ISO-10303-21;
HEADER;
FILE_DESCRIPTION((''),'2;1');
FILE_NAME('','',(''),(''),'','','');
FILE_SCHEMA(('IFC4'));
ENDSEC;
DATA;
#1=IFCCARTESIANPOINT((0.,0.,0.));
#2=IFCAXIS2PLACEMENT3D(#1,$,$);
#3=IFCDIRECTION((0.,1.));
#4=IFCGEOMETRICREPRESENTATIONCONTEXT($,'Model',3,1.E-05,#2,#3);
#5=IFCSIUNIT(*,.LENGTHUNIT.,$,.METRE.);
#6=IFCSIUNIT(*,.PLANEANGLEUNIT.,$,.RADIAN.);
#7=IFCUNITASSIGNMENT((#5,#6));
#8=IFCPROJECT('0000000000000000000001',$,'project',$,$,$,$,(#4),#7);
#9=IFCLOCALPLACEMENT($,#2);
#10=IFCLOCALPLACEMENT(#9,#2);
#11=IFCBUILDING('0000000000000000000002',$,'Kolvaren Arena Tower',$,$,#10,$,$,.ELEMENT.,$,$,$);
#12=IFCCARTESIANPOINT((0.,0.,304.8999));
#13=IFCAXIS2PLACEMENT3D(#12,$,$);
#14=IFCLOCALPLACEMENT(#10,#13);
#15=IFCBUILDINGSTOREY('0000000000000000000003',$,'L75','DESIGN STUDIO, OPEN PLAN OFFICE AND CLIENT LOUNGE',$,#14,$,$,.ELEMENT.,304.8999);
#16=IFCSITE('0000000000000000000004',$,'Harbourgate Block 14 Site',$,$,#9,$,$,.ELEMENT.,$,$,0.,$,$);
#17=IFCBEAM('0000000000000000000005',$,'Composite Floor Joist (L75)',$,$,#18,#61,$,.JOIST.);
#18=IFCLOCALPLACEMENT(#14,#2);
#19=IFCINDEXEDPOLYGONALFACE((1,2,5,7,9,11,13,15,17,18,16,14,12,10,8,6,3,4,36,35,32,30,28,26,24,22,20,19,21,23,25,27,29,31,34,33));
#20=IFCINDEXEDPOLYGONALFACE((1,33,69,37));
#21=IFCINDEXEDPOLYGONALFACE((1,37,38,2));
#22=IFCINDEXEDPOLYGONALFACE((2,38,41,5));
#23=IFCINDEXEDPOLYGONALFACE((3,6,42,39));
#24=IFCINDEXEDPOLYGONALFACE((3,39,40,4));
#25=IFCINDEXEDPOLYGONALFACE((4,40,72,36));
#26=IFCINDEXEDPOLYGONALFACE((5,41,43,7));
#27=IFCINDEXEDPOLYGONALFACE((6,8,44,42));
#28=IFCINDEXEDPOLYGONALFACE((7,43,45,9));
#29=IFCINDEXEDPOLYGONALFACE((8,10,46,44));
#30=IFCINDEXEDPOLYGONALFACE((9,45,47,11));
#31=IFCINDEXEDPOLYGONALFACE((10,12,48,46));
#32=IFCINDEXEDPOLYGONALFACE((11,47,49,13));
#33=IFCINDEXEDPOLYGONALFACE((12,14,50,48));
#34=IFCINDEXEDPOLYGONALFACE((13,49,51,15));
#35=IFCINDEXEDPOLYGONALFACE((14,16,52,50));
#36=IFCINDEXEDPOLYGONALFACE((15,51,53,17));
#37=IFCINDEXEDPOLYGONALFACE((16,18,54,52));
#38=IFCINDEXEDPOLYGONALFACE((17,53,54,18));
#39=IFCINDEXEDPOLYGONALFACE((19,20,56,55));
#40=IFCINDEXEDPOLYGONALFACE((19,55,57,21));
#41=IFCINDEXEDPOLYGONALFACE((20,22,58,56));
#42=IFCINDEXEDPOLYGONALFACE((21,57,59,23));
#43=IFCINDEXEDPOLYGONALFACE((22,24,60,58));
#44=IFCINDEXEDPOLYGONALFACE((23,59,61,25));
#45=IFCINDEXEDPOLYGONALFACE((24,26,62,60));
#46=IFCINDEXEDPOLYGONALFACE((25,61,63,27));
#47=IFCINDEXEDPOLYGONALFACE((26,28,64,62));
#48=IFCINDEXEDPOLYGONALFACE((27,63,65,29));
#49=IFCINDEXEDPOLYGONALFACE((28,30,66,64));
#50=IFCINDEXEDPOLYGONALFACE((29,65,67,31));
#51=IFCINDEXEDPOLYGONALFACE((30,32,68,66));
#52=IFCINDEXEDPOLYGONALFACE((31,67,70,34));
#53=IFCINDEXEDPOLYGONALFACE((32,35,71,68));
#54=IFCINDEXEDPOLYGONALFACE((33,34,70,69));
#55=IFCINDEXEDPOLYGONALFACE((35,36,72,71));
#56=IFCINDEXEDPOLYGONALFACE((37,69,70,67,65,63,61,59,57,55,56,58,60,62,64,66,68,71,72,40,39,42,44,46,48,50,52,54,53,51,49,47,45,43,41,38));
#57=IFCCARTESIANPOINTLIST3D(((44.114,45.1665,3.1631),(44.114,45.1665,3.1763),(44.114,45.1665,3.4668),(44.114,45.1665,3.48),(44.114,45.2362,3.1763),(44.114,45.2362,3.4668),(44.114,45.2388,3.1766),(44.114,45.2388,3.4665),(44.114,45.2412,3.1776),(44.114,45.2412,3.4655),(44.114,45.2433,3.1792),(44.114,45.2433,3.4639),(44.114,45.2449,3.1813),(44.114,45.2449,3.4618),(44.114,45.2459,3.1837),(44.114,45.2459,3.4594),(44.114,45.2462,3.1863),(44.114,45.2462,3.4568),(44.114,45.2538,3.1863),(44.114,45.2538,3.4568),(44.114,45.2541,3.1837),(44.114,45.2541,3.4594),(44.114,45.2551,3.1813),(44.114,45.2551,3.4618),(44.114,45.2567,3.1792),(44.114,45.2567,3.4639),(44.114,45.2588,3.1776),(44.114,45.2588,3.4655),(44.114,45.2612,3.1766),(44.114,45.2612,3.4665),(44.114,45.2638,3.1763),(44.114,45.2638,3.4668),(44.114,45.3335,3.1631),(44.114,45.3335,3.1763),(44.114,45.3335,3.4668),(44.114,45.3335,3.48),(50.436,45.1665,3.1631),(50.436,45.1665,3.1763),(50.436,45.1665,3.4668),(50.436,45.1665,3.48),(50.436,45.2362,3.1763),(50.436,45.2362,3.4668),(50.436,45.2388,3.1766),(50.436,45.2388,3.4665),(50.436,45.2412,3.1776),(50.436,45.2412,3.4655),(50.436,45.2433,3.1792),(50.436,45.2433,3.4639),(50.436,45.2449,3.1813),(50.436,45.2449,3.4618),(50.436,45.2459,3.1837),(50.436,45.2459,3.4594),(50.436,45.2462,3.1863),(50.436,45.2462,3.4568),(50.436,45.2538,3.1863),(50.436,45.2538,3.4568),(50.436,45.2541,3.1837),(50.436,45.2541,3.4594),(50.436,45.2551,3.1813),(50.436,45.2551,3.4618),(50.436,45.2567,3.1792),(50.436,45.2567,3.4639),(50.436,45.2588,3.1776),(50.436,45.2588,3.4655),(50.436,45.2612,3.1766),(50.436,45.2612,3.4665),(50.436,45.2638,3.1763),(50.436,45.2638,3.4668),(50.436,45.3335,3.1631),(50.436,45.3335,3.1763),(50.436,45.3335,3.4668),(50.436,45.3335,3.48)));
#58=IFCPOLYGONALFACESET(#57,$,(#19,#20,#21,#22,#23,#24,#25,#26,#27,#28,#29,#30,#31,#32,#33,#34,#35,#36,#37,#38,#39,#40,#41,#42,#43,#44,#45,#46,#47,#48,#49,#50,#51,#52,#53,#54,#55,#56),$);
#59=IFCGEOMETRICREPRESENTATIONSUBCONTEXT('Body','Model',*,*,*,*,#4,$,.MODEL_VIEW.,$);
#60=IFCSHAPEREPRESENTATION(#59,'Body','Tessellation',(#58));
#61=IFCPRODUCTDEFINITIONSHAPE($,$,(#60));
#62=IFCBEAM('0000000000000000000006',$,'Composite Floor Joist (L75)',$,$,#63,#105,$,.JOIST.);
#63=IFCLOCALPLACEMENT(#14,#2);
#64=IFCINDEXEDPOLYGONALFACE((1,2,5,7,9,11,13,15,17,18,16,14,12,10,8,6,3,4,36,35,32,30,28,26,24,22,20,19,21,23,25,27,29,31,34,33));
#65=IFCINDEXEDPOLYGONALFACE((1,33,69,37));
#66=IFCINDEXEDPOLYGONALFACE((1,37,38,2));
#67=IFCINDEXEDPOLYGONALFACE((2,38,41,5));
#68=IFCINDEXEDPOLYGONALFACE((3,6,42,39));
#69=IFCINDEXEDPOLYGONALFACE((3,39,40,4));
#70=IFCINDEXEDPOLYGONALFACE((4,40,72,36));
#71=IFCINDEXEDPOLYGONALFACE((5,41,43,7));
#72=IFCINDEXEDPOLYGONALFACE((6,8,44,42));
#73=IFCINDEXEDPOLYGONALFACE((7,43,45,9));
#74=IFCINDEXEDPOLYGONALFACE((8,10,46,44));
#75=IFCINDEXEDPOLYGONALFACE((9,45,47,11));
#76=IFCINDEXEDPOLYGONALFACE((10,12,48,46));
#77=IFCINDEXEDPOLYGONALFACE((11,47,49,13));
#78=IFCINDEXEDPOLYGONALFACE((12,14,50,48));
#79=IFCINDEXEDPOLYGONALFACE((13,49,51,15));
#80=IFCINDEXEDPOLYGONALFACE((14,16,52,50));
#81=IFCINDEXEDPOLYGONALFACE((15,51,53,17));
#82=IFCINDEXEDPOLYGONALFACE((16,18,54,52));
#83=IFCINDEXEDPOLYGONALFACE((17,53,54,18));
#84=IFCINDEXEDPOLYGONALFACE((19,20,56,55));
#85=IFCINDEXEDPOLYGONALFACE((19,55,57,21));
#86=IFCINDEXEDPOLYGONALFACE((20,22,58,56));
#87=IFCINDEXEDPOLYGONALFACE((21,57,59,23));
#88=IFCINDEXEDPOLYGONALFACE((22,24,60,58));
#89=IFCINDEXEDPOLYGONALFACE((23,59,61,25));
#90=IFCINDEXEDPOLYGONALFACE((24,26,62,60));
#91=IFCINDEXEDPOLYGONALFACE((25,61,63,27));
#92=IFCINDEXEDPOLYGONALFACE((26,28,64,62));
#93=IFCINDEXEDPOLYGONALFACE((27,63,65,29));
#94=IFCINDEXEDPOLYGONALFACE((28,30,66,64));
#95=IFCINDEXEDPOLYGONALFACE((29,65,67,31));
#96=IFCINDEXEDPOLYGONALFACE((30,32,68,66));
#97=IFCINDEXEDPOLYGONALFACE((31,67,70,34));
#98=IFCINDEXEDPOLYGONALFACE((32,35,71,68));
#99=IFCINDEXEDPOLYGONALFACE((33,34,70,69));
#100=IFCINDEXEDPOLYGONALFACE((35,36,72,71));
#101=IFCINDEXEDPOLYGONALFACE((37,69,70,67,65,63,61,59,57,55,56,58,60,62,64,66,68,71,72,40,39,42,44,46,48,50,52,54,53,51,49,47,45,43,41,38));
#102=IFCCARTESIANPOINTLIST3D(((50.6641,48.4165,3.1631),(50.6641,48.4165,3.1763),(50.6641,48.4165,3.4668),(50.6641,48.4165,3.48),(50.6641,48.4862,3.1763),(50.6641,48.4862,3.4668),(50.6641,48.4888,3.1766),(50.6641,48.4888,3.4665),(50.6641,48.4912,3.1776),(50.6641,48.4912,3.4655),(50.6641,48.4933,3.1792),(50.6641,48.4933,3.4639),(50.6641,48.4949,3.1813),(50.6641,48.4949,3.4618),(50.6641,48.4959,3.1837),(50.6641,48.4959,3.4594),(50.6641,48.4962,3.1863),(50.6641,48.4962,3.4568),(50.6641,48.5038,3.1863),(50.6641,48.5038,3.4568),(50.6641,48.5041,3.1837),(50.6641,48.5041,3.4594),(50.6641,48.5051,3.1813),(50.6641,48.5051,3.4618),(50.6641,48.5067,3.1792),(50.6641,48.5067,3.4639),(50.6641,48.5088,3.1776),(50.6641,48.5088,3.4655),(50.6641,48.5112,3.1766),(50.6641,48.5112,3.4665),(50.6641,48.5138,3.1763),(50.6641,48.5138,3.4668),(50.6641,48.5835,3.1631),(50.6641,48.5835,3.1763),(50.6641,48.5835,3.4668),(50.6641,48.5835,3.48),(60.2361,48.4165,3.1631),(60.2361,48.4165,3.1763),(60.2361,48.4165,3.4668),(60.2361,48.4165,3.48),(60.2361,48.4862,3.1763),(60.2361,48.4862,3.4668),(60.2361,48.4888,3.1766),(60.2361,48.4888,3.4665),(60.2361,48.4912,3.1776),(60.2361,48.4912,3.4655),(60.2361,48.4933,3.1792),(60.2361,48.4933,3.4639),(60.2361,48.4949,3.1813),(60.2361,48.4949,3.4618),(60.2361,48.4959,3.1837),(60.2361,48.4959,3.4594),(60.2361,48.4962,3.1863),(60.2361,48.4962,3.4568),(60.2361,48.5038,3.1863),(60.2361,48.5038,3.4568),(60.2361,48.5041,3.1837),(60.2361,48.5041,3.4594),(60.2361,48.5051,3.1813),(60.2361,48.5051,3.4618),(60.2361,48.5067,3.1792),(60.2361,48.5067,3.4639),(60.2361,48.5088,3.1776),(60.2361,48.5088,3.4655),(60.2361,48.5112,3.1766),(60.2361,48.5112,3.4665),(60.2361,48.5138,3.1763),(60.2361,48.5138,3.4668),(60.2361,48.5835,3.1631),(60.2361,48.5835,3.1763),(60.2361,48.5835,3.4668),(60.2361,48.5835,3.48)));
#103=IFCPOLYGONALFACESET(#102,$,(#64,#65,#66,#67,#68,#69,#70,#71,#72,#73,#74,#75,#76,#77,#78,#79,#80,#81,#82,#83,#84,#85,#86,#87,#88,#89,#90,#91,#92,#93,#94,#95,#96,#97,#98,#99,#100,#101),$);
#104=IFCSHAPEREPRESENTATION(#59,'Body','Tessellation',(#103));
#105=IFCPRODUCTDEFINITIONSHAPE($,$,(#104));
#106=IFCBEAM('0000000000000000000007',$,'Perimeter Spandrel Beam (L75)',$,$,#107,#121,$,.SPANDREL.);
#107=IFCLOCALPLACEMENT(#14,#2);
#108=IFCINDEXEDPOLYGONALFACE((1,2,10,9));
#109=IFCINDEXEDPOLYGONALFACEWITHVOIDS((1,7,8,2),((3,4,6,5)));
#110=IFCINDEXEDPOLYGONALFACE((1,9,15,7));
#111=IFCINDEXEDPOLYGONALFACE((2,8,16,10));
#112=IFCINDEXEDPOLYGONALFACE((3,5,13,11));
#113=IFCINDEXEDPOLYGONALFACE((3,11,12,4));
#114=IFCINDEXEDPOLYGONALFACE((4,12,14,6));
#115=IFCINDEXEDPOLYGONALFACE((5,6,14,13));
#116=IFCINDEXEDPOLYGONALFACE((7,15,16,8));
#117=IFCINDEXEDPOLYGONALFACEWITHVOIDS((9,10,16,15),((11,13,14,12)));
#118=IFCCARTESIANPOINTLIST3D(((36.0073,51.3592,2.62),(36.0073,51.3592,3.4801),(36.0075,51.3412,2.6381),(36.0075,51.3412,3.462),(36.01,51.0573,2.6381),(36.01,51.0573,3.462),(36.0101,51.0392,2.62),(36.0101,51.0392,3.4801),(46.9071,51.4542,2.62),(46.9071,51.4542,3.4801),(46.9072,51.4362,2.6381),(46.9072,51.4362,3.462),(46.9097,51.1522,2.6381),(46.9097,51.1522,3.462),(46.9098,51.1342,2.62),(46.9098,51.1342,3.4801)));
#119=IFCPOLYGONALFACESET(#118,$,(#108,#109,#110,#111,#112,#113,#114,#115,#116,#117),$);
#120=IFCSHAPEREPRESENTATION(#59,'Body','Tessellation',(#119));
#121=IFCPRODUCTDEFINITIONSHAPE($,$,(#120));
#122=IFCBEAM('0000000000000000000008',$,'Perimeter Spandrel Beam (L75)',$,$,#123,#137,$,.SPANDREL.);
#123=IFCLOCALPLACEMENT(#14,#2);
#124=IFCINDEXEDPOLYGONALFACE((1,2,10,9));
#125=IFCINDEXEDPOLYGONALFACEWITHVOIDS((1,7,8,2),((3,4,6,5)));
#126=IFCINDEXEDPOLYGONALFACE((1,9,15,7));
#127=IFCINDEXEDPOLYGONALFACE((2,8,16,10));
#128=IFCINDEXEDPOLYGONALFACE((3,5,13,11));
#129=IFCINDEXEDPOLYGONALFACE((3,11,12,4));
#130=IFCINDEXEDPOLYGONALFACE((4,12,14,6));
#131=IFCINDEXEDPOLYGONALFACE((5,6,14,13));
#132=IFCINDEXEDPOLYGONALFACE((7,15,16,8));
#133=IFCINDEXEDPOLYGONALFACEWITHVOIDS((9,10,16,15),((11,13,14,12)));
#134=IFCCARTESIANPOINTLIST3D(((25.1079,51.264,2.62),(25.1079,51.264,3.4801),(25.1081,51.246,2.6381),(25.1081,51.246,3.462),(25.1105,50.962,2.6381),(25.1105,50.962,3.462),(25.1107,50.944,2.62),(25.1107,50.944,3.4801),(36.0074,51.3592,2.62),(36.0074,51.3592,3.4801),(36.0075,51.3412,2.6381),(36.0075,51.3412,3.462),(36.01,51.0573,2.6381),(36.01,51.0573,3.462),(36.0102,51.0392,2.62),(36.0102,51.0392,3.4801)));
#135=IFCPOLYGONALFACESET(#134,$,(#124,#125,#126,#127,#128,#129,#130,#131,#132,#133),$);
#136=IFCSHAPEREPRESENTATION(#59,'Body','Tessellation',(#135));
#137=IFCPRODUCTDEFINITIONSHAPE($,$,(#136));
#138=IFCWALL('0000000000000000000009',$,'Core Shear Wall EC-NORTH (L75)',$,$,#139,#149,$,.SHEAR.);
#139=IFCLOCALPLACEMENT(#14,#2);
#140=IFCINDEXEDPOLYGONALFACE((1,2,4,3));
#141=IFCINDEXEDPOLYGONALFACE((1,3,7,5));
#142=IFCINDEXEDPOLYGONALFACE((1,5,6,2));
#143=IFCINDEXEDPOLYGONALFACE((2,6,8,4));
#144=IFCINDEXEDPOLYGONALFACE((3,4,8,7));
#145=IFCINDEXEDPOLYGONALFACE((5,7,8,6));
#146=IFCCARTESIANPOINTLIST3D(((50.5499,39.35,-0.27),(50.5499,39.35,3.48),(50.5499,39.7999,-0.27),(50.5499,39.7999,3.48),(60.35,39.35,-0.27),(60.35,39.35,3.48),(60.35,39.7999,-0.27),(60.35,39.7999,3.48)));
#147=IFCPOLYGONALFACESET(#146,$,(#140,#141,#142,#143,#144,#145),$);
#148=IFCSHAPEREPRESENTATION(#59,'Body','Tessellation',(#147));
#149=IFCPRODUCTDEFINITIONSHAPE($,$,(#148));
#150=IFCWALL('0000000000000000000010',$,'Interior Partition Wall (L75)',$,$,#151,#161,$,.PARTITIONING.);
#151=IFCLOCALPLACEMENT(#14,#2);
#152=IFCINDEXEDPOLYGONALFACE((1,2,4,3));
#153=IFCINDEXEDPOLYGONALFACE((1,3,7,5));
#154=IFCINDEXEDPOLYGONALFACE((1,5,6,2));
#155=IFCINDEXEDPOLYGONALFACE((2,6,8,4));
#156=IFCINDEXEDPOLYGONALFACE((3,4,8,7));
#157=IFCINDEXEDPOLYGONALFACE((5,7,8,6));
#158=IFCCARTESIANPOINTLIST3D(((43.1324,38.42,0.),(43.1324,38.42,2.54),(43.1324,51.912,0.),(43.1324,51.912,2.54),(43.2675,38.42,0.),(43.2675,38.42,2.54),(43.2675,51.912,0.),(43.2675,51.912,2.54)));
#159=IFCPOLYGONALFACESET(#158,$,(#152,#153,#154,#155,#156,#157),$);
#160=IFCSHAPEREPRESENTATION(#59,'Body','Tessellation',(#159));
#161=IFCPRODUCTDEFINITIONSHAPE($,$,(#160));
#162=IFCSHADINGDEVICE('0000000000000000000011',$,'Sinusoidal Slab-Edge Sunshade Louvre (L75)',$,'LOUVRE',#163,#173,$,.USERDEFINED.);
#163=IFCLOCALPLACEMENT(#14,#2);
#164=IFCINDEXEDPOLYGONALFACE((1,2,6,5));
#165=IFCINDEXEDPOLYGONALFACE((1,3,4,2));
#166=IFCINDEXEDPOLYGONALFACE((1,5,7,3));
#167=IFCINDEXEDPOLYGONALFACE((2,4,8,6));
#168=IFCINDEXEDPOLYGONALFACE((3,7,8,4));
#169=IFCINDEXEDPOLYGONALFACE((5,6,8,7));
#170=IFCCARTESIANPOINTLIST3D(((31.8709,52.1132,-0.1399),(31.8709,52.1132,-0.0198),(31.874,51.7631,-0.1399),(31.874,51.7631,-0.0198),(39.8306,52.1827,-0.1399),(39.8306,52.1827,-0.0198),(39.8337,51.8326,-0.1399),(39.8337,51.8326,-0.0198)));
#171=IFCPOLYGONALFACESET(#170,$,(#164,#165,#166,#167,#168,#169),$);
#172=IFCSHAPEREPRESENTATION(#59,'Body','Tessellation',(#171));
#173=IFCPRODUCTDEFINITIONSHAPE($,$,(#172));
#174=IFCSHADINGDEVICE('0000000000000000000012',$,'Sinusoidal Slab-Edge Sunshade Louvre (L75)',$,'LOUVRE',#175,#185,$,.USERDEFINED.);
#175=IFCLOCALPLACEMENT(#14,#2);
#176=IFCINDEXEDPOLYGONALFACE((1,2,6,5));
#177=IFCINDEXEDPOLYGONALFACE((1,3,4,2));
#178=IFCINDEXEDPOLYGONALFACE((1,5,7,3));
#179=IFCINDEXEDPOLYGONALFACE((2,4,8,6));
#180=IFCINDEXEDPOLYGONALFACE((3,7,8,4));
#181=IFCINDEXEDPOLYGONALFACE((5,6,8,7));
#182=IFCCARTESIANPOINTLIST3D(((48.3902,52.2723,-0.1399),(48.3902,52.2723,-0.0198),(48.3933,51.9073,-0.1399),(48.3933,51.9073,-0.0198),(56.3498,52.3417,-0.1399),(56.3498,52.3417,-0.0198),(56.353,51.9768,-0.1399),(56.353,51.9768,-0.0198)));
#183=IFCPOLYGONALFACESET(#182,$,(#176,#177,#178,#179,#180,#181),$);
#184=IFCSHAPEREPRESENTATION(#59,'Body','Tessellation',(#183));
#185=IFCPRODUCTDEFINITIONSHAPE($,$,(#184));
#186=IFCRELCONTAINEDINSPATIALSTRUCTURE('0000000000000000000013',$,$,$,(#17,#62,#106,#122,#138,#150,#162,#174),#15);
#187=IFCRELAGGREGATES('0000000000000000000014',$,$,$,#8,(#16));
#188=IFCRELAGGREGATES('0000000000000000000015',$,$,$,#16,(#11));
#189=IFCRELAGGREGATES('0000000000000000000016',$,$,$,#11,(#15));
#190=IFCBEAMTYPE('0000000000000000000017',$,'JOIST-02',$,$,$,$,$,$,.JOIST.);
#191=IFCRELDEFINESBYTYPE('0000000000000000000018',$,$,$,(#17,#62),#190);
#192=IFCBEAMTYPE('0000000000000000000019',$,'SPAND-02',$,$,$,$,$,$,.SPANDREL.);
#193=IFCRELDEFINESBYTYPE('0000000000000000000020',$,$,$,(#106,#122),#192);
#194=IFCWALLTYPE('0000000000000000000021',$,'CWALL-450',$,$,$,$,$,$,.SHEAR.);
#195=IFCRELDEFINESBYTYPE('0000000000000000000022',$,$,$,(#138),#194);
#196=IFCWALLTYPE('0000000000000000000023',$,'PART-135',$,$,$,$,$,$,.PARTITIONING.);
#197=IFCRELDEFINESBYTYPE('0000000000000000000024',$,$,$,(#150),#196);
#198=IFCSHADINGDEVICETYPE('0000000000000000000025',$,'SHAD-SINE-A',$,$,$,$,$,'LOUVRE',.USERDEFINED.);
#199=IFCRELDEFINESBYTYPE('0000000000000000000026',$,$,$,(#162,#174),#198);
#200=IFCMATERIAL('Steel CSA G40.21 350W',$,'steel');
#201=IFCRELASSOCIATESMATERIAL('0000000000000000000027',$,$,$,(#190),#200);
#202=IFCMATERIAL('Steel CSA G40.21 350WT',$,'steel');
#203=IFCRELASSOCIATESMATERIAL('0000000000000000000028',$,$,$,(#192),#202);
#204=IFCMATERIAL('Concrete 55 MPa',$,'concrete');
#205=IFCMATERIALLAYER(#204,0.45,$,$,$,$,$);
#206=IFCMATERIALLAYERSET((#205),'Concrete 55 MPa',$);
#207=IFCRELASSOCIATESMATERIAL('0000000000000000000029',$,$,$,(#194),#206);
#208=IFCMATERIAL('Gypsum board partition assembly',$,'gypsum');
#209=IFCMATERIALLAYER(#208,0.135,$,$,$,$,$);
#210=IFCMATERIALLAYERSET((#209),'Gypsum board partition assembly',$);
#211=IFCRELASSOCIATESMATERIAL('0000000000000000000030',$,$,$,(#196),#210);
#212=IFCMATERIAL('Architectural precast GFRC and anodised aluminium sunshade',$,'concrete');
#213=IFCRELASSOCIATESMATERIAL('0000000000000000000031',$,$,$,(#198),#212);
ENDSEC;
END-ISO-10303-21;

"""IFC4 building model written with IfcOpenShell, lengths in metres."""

from ifc_helpers import new_model, si_unit, direction, frame, frame_2d, origin, origin_2d, place, context, subcontext, project, spatial, rectangle, hollow_rectangle, i_section, extrude, material, layer, layer_set, material_profile, profile_set, type_object, element, save


model = new_model("IFC4")

# Units and contexts
model_context = context("Model", 3, precision=1e-05, world=origin(), true_north=direction((0.0, 1.0)))
body_context = subcontext(model_context, "Body", "Model", "MODEL_VIEW")
ifc_project = project(units=[si_unit("LENGTHUNIT", "METRE"), si_unit("PLANEANGLEUNIT", "RADIAN")], contexts=[model_context])

# Site, building, storey
site_placement = place(None, origin())
site = spatial("IfcSite", under=ifc_project, at=site_placement, Name="Harbourgate Block 14 Site", CompositionType="ELEMENT", RefElevation=0.0)
building_placement = place(site_placement, origin())
building = spatial("IfcBuilding", under=site, at=building_placement, Name="Kolvaren Arena Tower", CompositionType="ELEMENT")
storey_placement = place(building_placement, frame((0.0, 0.0, 304.8999)))
storey = spatial("IfcBuildingStorey", under=building, at=storey_placement, Name="L75", Description="DESIGN STUDIO, OPEN PLAN OFFICE AND CLIENT LOUNGE", CompositionType="ELEMENT", Elevation=304.8999)

# Beams
ifc_material_1 = material(Name="Steel CSA G40.21 350W", Category="steel")
ifc_material_profile_1 = material_profile(ifc_material_1, i_section(OverallWidth=0.167, OverallDepth=0.3169, WebThickness=0.0076, FlangeThickness=0.0132, FilletRadius=0.01, at=origin_2d()), Name="W310x52")
ifc_profile_set_1 = profile_set([ifc_material_profile_1], Name="Steel CSA G40.21 350W")
beam_type_1 = type_object("IfcBeamType", Name="JOIST-02", PredefinedType="JOIST", material=ifc_profile_set_1)
beam_1_placement = place(storey_placement, frame((44.114, 45.25, 3.3215), z_axis=(1.0, 0.0, 0.0), x_axis=(0.0, 1.0, 0.0)))
element("IfcBeam", 1, at=beam_1_placement, inside=storey, type_object=beam_type_1, Name="Composite Floor Joist (L75)", PredefinedType="JOIST", context=body_context, shape_type="SweptSolid", body=[
    extrude(i_section(OverallWidth=0.167, OverallDepth=0.3169, WebThickness=0.0076, FlangeThickness=0.0132, FilletRadius=0.01, at=origin_2d()), origin(), (0.0, 0.0, 1.0), 6.322),
])
beam_2_placement = place(storey_placement, frame((50.6641, 48.5, 3.3215), z_axis=(1.0, 0.0, 0.0), x_axis=(0.0, 1.0, 0.0)))
element("IfcBeam", 2, at=beam_2_placement, inside=storey, type_object=beam_type_1, Name="Composite Floor Joist (L75)", PredefinedType="JOIST", context=body_context, shape_type="SweptSolid", body=[
    extrude(i_section(OverallWidth=0.167, OverallDepth=0.3169, WebThickness=0.0076, FlangeThickness=0.0132, FilletRadius=0.01, at=origin_2d()), origin(), (0.0, 0.0, 1.0), 9.572),
])
ifc_material_2 = material(Name="Steel CSA G40.21 350WT", Category="steel")
ifc_material_profile_2 = material_profile(ifc_material_2, hollow_rectangle(XDim=0.3201, YDim=0.8601, WallThickness=0.0181, at=origin_2d()), Name="HSS 860x320x18")
ifc_profile_set_2 = profile_set([ifc_material_profile_2], Name="Steel CSA G40.21 350WT")
beam_type_2 = type_object("IfcBeamType", Name="SPAND-02", PredefinedType="SPANDREL", material=ifc_profile_set_2)
beam_3_placement = place(storey_placement, frame((46.9084, 51.2942, 3.05), z_axis=(-0.999962, -0.008713, 0.0), x_axis=(0.008713, -0.999962, 0.0)))
element("IfcBeam", 3, at=beam_3_placement, inside=storey, type_object=beam_type_2, Name="Perimeter Spandrel Beam (L75)", PredefinedType="SPANDREL", context=body_context, shape_type="SweptSolid", body=[
    extrude(hollow_rectangle(XDim=0.3201, YDim=0.8601, WallThickness=0.0181, at=origin_2d()), origin(), (0.0, 0.0, 1.0), 10.9001),
])
beam_4_placement = place(storey_placement, frame((36.0088, 51.1992, 3.05), z_axis=(-0.999962, -0.008735, 0.0), x_axis=(0.008735, -0.999962, 0.0)))
element("IfcBeam", 4, at=beam_4_placement, inside=storey, type_object=beam_type_2, Name="Perimeter Spandrel Beam (L75)", PredefinedType="SPANDREL", context=body_context, shape_type="SweptSolid", body=[
    extrude(hollow_rectangle(XDim=0.3201, YDim=0.8601, WallThickness=0.0181, at=origin_2d()), origin(), (0.0, 0.0, 1.0), 10.8999),
])

# Walls
ifc_material_3 = material(Name="Concrete 55 MPa", Category="concrete")
ifc_layer_1 = layer(ifc_material_3, 0.45)
ifc_layer_set_1 = layer_set([ifc_layer_1], Name="Concrete 55 MPa")
wall_type_1 = type_object("IfcWallType", Name="CWALL-450", PredefinedType="SHEAR", material=ifc_layer_set_1)
wall_1_placement = place(storey_placement, frame((50.55, 39.575, -0.27), z_axis=(0.0, 0.0, 1.0), x_axis=(1.0, 0.0, 0.0)))
element("IfcWall", 5, at=wall_1_placement, inside=storey, type_object=wall_type_1, Name="Core Shear Wall EC-NORTH (L75)", PredefinedType="SHEAR", context=body_context, shape_type="SweptSolid", body=[
    extrude(rectangle(XDim=9.8, YDim=0.45, at=frame_2d((4.8999, 0.0))), origin(), (0.0, 0.0, 1.0), 3.75),
])
ifc_material_4 = material(Name="Gypsum board partition assembly", Category="gypsum")
ifc_layer_2 = layer(ifc_material_4, 0.135)
ifc_layer_set_2 = layer_set([ifc_layer_2], Name="Gypsum board partition assembly")
wall_type_2 = type_object("IfcWallType", Name="PART-135", PredefinedType="PARTITIONING", material=ifc_layer_set_2)
wall_2_placement = place(storey_placement, frame((43.2, 38.4199, 0.0), z_axis=(0.0, 0.0, 1.0), x_axis=(0.0, 1.0, 0.0)))
element("IfcWall", 6, at=wall_2_placement, inside=storey, type_object=wall_type_2, Name="Interior Partition Wall (L75)", PredefinedType="PARTITIONING", context=body_context, shape_type="SweptSolid", body=[
    extrude(rectangle(XDim=13.4919, YDim=0.135, at=frame_2d((6.7461, 0.0))), origin(), (0.0, 0.0, 1.0), 2.54),
])

# Shading devices
ifc_material_5 = material(Name="Architectural precast GFRC and anodised aluminium sunshade", Category="concrete")
shading_device_type_1 = type_object("IfcShadingDeviceType", Name="SHAD-SINE-A", ElementType="LOUVRE", PredefinedType="USERDEFINED", material=ifc_material_5)
shading_device_1_placement = place(storey_placement, frame((35.8523, 51.9729, -0.1399), z_axis=(0.0, 0.0, 1.0), x_axis=(0.999962, 0.008727, 0.0)))
element("IfcShadingDevice", 7, at=shading_device_1_placement, inside=storey, type_object=shading_device_type_1, Name="Sinusoidal Slab-Edge Sunshade Louvre (L75)", ObjectType="LOUVRE", PredefinedType="USERDEFINED", context=body_context, shape_type="SweptSolid", body=[
    extrude(rectangle(XDim=7.96, YDim=0.3501, at=origin_2d()), origin(), (0.0, 0.0, 1.0), 0.1201),
])
shading_device_2_placement = place(storey_placement, frame((52.3716, 52.1245, -0.1399), z_axis=(0.0, 0.0, 1.0), x_axis=(0.999962, 0.008727, 0.0)))
element("IfcShadingDevice", 8, at=shading_device_2_placement, inside=storey, type_object=shading_device_type_1, Name="Sinusoidal Slab-Edge Sunshade Louvre (L75)", ObjectType="LOUVRE", PredefinedType="USERDEFINED", context=body_context, shape_type="SweptSolid", body=[
    extrude(rectangle(XDim=7.96, YDim=0.365, at=origin_2d()), origin(), (0.0, 0.0, 1.0), 0.1201),
])

save(model, "model.ifc")
